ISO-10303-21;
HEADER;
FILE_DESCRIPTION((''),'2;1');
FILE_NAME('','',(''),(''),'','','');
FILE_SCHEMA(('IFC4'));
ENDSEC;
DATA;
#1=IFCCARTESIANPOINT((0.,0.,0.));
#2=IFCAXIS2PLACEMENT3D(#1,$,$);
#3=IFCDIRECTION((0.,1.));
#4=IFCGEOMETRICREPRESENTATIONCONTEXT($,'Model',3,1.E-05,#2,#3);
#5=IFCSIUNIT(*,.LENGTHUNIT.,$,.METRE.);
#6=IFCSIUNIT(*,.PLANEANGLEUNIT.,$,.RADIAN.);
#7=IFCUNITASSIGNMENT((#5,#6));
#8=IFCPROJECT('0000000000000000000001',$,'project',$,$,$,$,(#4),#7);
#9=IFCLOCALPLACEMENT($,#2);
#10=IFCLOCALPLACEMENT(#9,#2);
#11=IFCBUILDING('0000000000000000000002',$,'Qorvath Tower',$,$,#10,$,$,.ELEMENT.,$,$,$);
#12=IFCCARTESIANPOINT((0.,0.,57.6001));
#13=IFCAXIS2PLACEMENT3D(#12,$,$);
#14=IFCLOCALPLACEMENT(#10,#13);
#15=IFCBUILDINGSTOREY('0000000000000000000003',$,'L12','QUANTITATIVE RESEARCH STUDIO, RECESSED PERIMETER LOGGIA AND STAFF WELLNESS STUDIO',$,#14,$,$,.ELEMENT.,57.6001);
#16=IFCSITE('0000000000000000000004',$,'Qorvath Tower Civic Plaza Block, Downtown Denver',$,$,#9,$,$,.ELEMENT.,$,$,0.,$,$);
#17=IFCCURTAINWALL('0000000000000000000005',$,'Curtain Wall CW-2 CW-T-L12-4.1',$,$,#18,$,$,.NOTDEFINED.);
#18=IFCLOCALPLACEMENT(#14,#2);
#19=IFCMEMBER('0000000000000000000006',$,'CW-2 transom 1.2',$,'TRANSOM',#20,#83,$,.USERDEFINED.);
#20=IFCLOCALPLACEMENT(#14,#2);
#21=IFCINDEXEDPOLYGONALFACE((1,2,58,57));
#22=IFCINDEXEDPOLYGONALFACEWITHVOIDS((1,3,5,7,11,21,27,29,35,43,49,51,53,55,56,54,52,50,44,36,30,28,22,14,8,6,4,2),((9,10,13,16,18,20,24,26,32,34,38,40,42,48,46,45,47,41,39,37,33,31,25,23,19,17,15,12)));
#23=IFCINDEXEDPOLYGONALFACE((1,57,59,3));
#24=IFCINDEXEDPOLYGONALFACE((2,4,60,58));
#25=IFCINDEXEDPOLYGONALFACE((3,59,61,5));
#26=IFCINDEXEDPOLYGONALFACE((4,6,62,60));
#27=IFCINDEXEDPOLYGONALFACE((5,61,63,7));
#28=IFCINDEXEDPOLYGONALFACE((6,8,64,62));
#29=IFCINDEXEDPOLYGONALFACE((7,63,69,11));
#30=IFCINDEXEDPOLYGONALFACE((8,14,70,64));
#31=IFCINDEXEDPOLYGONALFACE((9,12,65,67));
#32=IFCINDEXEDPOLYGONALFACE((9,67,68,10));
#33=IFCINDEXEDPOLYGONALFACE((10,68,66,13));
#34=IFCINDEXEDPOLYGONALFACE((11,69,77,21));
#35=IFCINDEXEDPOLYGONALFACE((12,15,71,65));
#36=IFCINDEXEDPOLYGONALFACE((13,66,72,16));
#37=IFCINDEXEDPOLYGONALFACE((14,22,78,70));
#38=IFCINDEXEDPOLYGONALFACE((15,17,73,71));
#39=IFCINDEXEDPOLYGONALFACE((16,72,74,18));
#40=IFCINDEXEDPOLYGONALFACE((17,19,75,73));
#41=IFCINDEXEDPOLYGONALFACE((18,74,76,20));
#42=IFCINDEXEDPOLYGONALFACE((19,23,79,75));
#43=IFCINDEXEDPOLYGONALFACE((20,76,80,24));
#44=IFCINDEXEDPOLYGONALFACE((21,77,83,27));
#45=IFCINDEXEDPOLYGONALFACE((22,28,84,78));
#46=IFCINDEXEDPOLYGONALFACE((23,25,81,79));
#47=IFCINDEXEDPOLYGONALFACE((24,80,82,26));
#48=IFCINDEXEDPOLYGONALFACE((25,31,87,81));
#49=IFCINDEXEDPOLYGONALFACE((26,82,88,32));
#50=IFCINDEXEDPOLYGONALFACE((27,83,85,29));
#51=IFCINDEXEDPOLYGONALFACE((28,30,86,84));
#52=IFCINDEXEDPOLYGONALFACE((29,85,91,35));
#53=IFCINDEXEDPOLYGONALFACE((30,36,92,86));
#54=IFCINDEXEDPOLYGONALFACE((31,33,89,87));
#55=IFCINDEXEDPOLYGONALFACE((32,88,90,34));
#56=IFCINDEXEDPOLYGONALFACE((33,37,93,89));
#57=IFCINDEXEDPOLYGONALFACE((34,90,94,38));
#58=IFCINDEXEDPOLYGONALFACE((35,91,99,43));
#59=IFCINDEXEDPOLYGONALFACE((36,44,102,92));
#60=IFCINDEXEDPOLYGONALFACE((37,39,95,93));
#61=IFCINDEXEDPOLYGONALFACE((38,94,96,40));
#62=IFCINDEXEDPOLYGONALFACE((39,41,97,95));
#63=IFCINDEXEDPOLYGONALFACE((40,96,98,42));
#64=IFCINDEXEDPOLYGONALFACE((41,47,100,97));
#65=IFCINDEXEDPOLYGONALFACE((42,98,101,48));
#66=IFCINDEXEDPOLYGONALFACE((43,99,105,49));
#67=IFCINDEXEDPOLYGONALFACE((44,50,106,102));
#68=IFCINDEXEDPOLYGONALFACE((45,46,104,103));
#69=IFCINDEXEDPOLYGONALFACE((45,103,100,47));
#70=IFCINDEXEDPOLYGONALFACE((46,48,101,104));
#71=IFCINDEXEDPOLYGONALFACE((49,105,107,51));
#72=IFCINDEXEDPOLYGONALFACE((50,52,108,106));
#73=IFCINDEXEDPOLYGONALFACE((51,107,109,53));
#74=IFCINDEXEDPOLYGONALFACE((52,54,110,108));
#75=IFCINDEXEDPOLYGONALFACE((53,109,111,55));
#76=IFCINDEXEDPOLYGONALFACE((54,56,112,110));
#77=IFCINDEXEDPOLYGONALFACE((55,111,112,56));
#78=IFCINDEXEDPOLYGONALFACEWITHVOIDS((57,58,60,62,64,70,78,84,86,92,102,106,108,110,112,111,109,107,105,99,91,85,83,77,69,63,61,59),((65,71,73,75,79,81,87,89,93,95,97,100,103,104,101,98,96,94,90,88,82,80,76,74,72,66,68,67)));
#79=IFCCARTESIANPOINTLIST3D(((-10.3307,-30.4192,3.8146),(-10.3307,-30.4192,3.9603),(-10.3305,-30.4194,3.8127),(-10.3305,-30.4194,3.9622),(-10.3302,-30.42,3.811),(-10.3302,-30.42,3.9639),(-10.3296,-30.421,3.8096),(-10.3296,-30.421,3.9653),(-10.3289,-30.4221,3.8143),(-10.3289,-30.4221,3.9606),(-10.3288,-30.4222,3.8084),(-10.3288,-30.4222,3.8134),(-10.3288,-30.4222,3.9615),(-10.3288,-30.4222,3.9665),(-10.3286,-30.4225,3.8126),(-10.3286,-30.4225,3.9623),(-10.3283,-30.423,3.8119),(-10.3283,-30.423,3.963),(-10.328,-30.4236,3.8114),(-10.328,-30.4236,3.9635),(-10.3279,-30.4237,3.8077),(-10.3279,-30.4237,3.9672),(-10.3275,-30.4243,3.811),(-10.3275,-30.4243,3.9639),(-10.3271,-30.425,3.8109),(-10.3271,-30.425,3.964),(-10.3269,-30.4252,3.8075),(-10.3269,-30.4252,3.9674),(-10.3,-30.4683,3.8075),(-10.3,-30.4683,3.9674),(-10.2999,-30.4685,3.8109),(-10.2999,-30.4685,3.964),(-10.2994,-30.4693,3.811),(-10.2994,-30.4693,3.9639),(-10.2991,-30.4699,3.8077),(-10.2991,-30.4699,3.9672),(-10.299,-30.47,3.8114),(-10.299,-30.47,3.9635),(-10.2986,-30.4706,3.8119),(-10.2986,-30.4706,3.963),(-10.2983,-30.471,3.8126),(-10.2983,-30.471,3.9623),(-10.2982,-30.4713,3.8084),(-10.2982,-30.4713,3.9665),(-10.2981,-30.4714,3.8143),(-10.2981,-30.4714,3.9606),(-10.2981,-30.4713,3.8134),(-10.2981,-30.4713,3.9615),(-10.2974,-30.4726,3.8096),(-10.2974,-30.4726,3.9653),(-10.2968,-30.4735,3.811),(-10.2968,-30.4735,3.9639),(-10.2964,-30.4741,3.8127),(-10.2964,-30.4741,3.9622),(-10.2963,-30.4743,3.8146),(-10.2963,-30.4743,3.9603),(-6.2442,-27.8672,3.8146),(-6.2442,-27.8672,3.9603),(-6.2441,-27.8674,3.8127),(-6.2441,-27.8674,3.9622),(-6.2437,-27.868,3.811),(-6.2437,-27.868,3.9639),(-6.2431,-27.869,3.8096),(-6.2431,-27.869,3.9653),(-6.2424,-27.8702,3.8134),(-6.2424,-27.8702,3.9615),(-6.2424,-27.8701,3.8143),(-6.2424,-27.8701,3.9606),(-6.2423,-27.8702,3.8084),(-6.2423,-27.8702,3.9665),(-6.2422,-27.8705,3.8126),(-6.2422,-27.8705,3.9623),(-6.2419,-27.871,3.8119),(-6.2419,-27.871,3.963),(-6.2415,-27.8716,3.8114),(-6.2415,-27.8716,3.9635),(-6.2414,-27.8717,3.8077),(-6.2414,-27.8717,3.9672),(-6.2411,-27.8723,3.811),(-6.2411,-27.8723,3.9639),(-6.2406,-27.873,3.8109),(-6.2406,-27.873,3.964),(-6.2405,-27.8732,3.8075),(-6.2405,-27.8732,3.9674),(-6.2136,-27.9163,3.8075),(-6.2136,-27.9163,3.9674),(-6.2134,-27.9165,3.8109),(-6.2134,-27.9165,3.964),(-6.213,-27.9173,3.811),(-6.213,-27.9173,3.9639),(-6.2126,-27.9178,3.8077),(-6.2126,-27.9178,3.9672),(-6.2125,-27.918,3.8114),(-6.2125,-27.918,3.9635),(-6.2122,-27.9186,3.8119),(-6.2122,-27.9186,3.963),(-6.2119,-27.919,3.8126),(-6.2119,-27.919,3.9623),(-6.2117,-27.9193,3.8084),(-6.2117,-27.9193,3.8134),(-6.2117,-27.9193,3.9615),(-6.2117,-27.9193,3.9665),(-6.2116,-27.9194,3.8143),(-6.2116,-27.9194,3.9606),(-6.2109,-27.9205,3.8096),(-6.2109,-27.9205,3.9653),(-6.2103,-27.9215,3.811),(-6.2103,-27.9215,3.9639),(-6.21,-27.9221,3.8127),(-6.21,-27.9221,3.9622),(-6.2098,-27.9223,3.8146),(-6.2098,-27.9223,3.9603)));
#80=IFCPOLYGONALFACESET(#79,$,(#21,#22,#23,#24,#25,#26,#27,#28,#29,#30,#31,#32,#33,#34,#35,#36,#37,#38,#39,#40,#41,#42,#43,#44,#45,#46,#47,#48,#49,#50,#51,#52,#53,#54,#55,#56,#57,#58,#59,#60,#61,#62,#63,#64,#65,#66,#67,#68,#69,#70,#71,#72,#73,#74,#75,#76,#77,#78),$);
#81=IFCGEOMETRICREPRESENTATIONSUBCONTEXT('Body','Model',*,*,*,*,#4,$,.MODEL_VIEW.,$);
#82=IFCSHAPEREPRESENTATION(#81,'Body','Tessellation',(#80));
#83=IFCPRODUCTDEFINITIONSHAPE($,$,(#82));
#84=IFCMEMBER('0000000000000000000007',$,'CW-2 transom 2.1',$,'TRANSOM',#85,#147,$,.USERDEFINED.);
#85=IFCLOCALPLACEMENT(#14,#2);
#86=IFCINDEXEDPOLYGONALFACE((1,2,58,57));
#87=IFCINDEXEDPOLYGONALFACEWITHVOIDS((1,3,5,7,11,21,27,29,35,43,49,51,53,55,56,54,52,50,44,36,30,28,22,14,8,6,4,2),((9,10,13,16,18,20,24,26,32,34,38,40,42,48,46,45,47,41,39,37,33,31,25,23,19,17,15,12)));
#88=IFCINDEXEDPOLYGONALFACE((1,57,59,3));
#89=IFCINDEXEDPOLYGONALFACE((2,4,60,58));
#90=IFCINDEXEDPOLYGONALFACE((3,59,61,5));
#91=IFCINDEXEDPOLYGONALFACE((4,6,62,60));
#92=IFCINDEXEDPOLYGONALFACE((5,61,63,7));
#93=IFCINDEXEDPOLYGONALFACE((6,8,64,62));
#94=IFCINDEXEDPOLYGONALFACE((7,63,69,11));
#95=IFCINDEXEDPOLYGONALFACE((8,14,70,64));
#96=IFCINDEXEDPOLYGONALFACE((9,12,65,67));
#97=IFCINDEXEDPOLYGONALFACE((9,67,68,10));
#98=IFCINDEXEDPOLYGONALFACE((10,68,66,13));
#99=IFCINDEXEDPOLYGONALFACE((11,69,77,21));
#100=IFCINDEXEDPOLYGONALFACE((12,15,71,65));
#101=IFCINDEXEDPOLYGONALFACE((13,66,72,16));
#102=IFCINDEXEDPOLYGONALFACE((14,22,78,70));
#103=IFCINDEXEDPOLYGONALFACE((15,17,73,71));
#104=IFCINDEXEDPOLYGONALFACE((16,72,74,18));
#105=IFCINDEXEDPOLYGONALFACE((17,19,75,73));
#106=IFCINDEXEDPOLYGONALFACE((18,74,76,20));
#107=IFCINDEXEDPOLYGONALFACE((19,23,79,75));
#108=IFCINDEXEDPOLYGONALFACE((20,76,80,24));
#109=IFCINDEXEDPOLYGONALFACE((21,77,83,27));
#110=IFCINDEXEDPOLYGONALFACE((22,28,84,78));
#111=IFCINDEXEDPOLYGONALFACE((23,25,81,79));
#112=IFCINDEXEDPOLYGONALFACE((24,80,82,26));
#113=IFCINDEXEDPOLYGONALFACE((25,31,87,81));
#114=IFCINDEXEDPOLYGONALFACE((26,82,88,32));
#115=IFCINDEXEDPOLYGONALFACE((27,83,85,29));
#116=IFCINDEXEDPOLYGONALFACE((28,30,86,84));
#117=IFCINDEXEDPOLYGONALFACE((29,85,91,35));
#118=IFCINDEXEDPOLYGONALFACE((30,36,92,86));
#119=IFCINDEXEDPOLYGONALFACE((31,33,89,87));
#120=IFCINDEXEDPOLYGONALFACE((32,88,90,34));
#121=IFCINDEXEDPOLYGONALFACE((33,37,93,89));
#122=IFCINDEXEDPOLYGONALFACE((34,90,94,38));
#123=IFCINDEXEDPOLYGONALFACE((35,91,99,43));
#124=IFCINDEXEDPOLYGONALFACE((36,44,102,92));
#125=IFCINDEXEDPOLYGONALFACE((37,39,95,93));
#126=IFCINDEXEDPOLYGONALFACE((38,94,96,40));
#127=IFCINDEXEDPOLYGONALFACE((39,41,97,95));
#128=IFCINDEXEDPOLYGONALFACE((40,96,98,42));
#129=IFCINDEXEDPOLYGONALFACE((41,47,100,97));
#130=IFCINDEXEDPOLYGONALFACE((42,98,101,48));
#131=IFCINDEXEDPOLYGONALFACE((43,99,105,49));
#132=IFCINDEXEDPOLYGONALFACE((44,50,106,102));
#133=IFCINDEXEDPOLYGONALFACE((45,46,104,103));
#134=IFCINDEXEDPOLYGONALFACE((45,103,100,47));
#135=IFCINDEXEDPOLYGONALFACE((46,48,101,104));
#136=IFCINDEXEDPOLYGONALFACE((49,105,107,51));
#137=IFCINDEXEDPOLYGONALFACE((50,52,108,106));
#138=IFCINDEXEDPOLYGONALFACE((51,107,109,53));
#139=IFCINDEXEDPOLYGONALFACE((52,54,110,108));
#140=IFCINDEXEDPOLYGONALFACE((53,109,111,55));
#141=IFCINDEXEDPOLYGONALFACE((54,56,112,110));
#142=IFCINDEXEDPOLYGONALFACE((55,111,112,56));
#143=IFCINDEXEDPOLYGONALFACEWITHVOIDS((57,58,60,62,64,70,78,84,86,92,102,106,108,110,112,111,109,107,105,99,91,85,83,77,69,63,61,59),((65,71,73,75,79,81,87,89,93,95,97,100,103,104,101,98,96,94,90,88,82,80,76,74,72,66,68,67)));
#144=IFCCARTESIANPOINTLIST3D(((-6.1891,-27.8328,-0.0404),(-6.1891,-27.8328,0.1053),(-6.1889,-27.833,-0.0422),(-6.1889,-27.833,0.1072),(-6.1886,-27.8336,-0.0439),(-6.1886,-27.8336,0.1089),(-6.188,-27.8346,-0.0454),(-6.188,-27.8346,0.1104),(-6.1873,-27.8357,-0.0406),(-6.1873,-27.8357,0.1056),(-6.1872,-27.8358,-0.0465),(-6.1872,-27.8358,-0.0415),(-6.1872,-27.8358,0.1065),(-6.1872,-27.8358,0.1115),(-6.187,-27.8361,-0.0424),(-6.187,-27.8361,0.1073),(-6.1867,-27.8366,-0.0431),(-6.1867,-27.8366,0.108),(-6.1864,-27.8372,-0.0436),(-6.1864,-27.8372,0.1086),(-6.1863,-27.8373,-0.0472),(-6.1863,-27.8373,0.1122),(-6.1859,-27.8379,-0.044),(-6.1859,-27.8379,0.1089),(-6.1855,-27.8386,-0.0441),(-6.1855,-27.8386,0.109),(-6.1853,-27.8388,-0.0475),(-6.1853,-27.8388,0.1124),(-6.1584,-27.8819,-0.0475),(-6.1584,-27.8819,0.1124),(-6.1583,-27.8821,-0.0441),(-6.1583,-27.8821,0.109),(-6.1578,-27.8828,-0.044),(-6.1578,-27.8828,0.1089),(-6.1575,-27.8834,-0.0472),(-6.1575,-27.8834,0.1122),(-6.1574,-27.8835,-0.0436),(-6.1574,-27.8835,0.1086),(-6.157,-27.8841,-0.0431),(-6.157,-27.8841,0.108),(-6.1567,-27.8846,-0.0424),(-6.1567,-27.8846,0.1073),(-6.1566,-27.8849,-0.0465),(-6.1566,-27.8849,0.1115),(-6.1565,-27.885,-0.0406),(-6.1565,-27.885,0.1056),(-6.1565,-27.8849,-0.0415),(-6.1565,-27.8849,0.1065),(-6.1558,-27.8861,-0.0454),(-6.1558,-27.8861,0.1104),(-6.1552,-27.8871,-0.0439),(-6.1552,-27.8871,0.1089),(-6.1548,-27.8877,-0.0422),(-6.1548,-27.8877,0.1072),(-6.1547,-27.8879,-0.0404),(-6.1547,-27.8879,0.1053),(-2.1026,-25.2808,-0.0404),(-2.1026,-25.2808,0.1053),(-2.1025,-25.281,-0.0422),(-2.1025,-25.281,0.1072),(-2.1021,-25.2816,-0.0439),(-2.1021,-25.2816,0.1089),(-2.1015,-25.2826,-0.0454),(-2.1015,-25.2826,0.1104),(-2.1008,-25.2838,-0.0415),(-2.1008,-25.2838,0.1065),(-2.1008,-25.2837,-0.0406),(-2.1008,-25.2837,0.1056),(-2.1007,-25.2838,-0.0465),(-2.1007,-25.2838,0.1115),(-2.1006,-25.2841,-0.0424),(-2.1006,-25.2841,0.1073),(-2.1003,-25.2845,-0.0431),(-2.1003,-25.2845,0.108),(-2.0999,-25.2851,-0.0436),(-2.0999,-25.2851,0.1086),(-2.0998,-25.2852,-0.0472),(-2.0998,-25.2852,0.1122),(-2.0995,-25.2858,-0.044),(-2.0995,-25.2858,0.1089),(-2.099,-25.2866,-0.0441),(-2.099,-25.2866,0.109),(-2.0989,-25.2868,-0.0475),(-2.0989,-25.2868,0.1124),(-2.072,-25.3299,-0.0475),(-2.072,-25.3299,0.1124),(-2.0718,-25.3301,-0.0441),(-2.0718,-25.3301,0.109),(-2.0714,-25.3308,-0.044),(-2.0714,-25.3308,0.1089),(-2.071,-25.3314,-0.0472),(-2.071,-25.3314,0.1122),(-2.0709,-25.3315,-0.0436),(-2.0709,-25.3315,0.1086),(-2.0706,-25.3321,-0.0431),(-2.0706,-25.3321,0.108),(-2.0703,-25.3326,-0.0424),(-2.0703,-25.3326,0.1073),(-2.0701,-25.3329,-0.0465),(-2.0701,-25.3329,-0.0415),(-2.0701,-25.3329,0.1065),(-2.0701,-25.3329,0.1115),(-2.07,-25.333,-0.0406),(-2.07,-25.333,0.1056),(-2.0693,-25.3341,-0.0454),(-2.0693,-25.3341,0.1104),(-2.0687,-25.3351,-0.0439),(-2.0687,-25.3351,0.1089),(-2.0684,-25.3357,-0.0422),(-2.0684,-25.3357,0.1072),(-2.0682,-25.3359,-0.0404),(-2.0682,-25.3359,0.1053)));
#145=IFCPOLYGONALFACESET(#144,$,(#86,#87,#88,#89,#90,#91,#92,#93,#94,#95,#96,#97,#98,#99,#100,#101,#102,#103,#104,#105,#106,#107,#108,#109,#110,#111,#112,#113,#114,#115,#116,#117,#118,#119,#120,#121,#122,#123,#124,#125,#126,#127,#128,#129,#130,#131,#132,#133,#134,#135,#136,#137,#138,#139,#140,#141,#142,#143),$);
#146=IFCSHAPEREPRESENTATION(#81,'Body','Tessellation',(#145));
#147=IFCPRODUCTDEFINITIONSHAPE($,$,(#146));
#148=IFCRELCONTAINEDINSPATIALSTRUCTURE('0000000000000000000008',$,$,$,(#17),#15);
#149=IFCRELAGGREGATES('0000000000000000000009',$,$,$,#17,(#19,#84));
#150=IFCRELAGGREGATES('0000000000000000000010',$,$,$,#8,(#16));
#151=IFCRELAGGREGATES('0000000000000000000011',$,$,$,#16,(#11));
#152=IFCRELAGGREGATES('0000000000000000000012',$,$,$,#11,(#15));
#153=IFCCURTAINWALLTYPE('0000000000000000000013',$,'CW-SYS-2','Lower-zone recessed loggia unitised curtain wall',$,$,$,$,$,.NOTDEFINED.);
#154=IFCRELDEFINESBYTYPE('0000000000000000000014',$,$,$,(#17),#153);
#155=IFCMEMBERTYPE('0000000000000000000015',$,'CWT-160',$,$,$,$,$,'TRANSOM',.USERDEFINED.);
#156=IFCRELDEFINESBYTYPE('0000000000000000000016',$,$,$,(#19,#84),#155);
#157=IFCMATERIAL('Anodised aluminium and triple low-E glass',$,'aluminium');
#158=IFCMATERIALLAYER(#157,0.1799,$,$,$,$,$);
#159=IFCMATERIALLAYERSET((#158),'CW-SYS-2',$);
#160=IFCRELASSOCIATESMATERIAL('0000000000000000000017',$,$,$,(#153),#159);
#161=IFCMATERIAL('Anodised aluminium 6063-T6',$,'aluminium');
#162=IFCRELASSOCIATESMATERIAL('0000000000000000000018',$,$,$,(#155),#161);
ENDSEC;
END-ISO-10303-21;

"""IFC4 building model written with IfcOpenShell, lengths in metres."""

from ifc_helpers import new_model, si_unit, direction, frame, origin, origin_2d, place, context, subcontext, project, spatial, hollow_rectangle, extrude, material, layer, layer_set, material_profile, profile_set, type_object, element, aggregate, save


model = new_model("IFC4")

# Units and contexts
model_context = context("Model", 3, precision=1e-05, world=origin(), true_north=direction((0.0, 1.0)))
body_context = subcontext(model_context, "Body", "Model", "MODEL_VIEW")
ifc_project = project(units=[si_unit("LENGTHUNIT", "METRE"), si_unit("PLANEANGLEUNIT", "RADIAN")], contexts=[model_context])

# Site, building, storey
site_placement = place(None, origin())
site = spatial("IfcSite", under=ifc_project, at=site_placement, Name="Qorvath Tower Civic Plaza Block, Downtown Denver", CompositionType="ELEMENT", RefElevation=0.0)
building_placement = place(site_placement, origin())
building = spatial("IfcBuilding", under=site, at=building_placement, Name="Qorvath Tower", CompositionType="ELEMENT")
storey_placement = place(building_placement, frame((0.0, 0.0, 57.6001)))
storey = spatial("IfcBuildingStorey", under=building, at=storey_placement, Name="L12", Description="QUANTITATIVE RESEARCH STUDIO, RECESSED PERIMETER LOGGIA AND STAFF WELLNESS STUDIO", CompositionType="ELEMENT", Elevation=57.6001)

# Shared definitions
ifc_material_1 = material(Name="Anodised aluminium and triple low-E glass", Category="aluminium")
ifc_layer_1 = layer(ifc_material_1, 0.1799)
ifc_layer_set_1 = layer_set([ifc_layer_1], Name="CW-SYS-2")
curtain_wall_type = type_object("IfcCurtainWallType", Name="CW-SYS-2", Description="Lower-zone recessed loggia unitised curtain wall", PredefinedType="NOTDEFINED", material=ifc_layer_set_1)

# Curtain wall
curtain_wall_1_placement = place(storey_placement, origin())
curtain_wall_1 = element("IfcCurtainWall", 1, at=curtain_wall_1_placement, inside=storey, type_object=curtain_wall_type, Name="Curtain Wall CW-2 CW-T-L12-4.1", PredefinedType="NOTDEFINED")

# Members
ifc_material_2 = material(Name="Anodised aluminium 6063-T6", Category="aluminium")
ifc_material_profile_1 = material_profile(ifc_material_2, hollow_rectangle(XDim=0.0649, YDim=0.1599, WallThickness=0.0034, InnerFilletRadius=0.0034, OuterFilletRadius=0.0071, at=origin_2d()), Name="CWT 160x65")
ifc_profile_set_1 = profile_set([ifc_material_profile_1], Name="Anodised aluminium 6063-T6")
member_type_1 = type_object("IfcMemberType", Name="CWT-160", ElementType="TRANSOM", PredefinedType="USERDEFINED", material=ifc_profile_set_1)
member_1_placement = place(storey_placement, frame((-10.3135, -30.4468, 3.8875), z_axis=(0.848186, 0.529698, 0.0), x_axis=(-0.529698, 0.848186, 0.0)))
member_1 = element("IfcMember", 2, at=member_1_placement, type_object=member_type_1, Name="CW-2 transom 1.2", ObjectType="TRANSOM", PredefinedType="USERDEFINED", context=body_context, shape_type="SweptSolid", body=[
    extrude(hollow_rectangle(XDim=0.0649, YDim=0.1599, WallThickness=0.0034, InnerFilletRadius=0.0034, OuterFilletRadius=0.0071, at=origin_2d()), origin(), (0.0, 0.0, 1.0), 4.8179),
])
member_2_placement = place(storey_placement, frame((-6.1719, -27.8604, 0.0325), z_axis=(0.848186, 0.529698, 0.0), x_axis=(-0.529698, 0.848186, 0.0)))
member_2 = element("IfcMember", 3, at=member_2_placement, type_object=member_type_1, Name="CW-2 transom 2.1", ObjectType="TRANSOM", PredefinedType="USERDEFINED", context=body_context, shape_type="SweptSolid", body=[
    extrude(hollow_rectangle(XDim=0.0649, YDim=0.1599, WallThickness=0.0034, InnerFilletRadius=0.0034, OuterFilletRadius=0.0071, at=origin_2d()), origin(), (0.0, 0.0, 1.0), 4.8179),
])

aggregate(curtain_wall_1, [member_1, member_2])

save(model, "model.ifc")
